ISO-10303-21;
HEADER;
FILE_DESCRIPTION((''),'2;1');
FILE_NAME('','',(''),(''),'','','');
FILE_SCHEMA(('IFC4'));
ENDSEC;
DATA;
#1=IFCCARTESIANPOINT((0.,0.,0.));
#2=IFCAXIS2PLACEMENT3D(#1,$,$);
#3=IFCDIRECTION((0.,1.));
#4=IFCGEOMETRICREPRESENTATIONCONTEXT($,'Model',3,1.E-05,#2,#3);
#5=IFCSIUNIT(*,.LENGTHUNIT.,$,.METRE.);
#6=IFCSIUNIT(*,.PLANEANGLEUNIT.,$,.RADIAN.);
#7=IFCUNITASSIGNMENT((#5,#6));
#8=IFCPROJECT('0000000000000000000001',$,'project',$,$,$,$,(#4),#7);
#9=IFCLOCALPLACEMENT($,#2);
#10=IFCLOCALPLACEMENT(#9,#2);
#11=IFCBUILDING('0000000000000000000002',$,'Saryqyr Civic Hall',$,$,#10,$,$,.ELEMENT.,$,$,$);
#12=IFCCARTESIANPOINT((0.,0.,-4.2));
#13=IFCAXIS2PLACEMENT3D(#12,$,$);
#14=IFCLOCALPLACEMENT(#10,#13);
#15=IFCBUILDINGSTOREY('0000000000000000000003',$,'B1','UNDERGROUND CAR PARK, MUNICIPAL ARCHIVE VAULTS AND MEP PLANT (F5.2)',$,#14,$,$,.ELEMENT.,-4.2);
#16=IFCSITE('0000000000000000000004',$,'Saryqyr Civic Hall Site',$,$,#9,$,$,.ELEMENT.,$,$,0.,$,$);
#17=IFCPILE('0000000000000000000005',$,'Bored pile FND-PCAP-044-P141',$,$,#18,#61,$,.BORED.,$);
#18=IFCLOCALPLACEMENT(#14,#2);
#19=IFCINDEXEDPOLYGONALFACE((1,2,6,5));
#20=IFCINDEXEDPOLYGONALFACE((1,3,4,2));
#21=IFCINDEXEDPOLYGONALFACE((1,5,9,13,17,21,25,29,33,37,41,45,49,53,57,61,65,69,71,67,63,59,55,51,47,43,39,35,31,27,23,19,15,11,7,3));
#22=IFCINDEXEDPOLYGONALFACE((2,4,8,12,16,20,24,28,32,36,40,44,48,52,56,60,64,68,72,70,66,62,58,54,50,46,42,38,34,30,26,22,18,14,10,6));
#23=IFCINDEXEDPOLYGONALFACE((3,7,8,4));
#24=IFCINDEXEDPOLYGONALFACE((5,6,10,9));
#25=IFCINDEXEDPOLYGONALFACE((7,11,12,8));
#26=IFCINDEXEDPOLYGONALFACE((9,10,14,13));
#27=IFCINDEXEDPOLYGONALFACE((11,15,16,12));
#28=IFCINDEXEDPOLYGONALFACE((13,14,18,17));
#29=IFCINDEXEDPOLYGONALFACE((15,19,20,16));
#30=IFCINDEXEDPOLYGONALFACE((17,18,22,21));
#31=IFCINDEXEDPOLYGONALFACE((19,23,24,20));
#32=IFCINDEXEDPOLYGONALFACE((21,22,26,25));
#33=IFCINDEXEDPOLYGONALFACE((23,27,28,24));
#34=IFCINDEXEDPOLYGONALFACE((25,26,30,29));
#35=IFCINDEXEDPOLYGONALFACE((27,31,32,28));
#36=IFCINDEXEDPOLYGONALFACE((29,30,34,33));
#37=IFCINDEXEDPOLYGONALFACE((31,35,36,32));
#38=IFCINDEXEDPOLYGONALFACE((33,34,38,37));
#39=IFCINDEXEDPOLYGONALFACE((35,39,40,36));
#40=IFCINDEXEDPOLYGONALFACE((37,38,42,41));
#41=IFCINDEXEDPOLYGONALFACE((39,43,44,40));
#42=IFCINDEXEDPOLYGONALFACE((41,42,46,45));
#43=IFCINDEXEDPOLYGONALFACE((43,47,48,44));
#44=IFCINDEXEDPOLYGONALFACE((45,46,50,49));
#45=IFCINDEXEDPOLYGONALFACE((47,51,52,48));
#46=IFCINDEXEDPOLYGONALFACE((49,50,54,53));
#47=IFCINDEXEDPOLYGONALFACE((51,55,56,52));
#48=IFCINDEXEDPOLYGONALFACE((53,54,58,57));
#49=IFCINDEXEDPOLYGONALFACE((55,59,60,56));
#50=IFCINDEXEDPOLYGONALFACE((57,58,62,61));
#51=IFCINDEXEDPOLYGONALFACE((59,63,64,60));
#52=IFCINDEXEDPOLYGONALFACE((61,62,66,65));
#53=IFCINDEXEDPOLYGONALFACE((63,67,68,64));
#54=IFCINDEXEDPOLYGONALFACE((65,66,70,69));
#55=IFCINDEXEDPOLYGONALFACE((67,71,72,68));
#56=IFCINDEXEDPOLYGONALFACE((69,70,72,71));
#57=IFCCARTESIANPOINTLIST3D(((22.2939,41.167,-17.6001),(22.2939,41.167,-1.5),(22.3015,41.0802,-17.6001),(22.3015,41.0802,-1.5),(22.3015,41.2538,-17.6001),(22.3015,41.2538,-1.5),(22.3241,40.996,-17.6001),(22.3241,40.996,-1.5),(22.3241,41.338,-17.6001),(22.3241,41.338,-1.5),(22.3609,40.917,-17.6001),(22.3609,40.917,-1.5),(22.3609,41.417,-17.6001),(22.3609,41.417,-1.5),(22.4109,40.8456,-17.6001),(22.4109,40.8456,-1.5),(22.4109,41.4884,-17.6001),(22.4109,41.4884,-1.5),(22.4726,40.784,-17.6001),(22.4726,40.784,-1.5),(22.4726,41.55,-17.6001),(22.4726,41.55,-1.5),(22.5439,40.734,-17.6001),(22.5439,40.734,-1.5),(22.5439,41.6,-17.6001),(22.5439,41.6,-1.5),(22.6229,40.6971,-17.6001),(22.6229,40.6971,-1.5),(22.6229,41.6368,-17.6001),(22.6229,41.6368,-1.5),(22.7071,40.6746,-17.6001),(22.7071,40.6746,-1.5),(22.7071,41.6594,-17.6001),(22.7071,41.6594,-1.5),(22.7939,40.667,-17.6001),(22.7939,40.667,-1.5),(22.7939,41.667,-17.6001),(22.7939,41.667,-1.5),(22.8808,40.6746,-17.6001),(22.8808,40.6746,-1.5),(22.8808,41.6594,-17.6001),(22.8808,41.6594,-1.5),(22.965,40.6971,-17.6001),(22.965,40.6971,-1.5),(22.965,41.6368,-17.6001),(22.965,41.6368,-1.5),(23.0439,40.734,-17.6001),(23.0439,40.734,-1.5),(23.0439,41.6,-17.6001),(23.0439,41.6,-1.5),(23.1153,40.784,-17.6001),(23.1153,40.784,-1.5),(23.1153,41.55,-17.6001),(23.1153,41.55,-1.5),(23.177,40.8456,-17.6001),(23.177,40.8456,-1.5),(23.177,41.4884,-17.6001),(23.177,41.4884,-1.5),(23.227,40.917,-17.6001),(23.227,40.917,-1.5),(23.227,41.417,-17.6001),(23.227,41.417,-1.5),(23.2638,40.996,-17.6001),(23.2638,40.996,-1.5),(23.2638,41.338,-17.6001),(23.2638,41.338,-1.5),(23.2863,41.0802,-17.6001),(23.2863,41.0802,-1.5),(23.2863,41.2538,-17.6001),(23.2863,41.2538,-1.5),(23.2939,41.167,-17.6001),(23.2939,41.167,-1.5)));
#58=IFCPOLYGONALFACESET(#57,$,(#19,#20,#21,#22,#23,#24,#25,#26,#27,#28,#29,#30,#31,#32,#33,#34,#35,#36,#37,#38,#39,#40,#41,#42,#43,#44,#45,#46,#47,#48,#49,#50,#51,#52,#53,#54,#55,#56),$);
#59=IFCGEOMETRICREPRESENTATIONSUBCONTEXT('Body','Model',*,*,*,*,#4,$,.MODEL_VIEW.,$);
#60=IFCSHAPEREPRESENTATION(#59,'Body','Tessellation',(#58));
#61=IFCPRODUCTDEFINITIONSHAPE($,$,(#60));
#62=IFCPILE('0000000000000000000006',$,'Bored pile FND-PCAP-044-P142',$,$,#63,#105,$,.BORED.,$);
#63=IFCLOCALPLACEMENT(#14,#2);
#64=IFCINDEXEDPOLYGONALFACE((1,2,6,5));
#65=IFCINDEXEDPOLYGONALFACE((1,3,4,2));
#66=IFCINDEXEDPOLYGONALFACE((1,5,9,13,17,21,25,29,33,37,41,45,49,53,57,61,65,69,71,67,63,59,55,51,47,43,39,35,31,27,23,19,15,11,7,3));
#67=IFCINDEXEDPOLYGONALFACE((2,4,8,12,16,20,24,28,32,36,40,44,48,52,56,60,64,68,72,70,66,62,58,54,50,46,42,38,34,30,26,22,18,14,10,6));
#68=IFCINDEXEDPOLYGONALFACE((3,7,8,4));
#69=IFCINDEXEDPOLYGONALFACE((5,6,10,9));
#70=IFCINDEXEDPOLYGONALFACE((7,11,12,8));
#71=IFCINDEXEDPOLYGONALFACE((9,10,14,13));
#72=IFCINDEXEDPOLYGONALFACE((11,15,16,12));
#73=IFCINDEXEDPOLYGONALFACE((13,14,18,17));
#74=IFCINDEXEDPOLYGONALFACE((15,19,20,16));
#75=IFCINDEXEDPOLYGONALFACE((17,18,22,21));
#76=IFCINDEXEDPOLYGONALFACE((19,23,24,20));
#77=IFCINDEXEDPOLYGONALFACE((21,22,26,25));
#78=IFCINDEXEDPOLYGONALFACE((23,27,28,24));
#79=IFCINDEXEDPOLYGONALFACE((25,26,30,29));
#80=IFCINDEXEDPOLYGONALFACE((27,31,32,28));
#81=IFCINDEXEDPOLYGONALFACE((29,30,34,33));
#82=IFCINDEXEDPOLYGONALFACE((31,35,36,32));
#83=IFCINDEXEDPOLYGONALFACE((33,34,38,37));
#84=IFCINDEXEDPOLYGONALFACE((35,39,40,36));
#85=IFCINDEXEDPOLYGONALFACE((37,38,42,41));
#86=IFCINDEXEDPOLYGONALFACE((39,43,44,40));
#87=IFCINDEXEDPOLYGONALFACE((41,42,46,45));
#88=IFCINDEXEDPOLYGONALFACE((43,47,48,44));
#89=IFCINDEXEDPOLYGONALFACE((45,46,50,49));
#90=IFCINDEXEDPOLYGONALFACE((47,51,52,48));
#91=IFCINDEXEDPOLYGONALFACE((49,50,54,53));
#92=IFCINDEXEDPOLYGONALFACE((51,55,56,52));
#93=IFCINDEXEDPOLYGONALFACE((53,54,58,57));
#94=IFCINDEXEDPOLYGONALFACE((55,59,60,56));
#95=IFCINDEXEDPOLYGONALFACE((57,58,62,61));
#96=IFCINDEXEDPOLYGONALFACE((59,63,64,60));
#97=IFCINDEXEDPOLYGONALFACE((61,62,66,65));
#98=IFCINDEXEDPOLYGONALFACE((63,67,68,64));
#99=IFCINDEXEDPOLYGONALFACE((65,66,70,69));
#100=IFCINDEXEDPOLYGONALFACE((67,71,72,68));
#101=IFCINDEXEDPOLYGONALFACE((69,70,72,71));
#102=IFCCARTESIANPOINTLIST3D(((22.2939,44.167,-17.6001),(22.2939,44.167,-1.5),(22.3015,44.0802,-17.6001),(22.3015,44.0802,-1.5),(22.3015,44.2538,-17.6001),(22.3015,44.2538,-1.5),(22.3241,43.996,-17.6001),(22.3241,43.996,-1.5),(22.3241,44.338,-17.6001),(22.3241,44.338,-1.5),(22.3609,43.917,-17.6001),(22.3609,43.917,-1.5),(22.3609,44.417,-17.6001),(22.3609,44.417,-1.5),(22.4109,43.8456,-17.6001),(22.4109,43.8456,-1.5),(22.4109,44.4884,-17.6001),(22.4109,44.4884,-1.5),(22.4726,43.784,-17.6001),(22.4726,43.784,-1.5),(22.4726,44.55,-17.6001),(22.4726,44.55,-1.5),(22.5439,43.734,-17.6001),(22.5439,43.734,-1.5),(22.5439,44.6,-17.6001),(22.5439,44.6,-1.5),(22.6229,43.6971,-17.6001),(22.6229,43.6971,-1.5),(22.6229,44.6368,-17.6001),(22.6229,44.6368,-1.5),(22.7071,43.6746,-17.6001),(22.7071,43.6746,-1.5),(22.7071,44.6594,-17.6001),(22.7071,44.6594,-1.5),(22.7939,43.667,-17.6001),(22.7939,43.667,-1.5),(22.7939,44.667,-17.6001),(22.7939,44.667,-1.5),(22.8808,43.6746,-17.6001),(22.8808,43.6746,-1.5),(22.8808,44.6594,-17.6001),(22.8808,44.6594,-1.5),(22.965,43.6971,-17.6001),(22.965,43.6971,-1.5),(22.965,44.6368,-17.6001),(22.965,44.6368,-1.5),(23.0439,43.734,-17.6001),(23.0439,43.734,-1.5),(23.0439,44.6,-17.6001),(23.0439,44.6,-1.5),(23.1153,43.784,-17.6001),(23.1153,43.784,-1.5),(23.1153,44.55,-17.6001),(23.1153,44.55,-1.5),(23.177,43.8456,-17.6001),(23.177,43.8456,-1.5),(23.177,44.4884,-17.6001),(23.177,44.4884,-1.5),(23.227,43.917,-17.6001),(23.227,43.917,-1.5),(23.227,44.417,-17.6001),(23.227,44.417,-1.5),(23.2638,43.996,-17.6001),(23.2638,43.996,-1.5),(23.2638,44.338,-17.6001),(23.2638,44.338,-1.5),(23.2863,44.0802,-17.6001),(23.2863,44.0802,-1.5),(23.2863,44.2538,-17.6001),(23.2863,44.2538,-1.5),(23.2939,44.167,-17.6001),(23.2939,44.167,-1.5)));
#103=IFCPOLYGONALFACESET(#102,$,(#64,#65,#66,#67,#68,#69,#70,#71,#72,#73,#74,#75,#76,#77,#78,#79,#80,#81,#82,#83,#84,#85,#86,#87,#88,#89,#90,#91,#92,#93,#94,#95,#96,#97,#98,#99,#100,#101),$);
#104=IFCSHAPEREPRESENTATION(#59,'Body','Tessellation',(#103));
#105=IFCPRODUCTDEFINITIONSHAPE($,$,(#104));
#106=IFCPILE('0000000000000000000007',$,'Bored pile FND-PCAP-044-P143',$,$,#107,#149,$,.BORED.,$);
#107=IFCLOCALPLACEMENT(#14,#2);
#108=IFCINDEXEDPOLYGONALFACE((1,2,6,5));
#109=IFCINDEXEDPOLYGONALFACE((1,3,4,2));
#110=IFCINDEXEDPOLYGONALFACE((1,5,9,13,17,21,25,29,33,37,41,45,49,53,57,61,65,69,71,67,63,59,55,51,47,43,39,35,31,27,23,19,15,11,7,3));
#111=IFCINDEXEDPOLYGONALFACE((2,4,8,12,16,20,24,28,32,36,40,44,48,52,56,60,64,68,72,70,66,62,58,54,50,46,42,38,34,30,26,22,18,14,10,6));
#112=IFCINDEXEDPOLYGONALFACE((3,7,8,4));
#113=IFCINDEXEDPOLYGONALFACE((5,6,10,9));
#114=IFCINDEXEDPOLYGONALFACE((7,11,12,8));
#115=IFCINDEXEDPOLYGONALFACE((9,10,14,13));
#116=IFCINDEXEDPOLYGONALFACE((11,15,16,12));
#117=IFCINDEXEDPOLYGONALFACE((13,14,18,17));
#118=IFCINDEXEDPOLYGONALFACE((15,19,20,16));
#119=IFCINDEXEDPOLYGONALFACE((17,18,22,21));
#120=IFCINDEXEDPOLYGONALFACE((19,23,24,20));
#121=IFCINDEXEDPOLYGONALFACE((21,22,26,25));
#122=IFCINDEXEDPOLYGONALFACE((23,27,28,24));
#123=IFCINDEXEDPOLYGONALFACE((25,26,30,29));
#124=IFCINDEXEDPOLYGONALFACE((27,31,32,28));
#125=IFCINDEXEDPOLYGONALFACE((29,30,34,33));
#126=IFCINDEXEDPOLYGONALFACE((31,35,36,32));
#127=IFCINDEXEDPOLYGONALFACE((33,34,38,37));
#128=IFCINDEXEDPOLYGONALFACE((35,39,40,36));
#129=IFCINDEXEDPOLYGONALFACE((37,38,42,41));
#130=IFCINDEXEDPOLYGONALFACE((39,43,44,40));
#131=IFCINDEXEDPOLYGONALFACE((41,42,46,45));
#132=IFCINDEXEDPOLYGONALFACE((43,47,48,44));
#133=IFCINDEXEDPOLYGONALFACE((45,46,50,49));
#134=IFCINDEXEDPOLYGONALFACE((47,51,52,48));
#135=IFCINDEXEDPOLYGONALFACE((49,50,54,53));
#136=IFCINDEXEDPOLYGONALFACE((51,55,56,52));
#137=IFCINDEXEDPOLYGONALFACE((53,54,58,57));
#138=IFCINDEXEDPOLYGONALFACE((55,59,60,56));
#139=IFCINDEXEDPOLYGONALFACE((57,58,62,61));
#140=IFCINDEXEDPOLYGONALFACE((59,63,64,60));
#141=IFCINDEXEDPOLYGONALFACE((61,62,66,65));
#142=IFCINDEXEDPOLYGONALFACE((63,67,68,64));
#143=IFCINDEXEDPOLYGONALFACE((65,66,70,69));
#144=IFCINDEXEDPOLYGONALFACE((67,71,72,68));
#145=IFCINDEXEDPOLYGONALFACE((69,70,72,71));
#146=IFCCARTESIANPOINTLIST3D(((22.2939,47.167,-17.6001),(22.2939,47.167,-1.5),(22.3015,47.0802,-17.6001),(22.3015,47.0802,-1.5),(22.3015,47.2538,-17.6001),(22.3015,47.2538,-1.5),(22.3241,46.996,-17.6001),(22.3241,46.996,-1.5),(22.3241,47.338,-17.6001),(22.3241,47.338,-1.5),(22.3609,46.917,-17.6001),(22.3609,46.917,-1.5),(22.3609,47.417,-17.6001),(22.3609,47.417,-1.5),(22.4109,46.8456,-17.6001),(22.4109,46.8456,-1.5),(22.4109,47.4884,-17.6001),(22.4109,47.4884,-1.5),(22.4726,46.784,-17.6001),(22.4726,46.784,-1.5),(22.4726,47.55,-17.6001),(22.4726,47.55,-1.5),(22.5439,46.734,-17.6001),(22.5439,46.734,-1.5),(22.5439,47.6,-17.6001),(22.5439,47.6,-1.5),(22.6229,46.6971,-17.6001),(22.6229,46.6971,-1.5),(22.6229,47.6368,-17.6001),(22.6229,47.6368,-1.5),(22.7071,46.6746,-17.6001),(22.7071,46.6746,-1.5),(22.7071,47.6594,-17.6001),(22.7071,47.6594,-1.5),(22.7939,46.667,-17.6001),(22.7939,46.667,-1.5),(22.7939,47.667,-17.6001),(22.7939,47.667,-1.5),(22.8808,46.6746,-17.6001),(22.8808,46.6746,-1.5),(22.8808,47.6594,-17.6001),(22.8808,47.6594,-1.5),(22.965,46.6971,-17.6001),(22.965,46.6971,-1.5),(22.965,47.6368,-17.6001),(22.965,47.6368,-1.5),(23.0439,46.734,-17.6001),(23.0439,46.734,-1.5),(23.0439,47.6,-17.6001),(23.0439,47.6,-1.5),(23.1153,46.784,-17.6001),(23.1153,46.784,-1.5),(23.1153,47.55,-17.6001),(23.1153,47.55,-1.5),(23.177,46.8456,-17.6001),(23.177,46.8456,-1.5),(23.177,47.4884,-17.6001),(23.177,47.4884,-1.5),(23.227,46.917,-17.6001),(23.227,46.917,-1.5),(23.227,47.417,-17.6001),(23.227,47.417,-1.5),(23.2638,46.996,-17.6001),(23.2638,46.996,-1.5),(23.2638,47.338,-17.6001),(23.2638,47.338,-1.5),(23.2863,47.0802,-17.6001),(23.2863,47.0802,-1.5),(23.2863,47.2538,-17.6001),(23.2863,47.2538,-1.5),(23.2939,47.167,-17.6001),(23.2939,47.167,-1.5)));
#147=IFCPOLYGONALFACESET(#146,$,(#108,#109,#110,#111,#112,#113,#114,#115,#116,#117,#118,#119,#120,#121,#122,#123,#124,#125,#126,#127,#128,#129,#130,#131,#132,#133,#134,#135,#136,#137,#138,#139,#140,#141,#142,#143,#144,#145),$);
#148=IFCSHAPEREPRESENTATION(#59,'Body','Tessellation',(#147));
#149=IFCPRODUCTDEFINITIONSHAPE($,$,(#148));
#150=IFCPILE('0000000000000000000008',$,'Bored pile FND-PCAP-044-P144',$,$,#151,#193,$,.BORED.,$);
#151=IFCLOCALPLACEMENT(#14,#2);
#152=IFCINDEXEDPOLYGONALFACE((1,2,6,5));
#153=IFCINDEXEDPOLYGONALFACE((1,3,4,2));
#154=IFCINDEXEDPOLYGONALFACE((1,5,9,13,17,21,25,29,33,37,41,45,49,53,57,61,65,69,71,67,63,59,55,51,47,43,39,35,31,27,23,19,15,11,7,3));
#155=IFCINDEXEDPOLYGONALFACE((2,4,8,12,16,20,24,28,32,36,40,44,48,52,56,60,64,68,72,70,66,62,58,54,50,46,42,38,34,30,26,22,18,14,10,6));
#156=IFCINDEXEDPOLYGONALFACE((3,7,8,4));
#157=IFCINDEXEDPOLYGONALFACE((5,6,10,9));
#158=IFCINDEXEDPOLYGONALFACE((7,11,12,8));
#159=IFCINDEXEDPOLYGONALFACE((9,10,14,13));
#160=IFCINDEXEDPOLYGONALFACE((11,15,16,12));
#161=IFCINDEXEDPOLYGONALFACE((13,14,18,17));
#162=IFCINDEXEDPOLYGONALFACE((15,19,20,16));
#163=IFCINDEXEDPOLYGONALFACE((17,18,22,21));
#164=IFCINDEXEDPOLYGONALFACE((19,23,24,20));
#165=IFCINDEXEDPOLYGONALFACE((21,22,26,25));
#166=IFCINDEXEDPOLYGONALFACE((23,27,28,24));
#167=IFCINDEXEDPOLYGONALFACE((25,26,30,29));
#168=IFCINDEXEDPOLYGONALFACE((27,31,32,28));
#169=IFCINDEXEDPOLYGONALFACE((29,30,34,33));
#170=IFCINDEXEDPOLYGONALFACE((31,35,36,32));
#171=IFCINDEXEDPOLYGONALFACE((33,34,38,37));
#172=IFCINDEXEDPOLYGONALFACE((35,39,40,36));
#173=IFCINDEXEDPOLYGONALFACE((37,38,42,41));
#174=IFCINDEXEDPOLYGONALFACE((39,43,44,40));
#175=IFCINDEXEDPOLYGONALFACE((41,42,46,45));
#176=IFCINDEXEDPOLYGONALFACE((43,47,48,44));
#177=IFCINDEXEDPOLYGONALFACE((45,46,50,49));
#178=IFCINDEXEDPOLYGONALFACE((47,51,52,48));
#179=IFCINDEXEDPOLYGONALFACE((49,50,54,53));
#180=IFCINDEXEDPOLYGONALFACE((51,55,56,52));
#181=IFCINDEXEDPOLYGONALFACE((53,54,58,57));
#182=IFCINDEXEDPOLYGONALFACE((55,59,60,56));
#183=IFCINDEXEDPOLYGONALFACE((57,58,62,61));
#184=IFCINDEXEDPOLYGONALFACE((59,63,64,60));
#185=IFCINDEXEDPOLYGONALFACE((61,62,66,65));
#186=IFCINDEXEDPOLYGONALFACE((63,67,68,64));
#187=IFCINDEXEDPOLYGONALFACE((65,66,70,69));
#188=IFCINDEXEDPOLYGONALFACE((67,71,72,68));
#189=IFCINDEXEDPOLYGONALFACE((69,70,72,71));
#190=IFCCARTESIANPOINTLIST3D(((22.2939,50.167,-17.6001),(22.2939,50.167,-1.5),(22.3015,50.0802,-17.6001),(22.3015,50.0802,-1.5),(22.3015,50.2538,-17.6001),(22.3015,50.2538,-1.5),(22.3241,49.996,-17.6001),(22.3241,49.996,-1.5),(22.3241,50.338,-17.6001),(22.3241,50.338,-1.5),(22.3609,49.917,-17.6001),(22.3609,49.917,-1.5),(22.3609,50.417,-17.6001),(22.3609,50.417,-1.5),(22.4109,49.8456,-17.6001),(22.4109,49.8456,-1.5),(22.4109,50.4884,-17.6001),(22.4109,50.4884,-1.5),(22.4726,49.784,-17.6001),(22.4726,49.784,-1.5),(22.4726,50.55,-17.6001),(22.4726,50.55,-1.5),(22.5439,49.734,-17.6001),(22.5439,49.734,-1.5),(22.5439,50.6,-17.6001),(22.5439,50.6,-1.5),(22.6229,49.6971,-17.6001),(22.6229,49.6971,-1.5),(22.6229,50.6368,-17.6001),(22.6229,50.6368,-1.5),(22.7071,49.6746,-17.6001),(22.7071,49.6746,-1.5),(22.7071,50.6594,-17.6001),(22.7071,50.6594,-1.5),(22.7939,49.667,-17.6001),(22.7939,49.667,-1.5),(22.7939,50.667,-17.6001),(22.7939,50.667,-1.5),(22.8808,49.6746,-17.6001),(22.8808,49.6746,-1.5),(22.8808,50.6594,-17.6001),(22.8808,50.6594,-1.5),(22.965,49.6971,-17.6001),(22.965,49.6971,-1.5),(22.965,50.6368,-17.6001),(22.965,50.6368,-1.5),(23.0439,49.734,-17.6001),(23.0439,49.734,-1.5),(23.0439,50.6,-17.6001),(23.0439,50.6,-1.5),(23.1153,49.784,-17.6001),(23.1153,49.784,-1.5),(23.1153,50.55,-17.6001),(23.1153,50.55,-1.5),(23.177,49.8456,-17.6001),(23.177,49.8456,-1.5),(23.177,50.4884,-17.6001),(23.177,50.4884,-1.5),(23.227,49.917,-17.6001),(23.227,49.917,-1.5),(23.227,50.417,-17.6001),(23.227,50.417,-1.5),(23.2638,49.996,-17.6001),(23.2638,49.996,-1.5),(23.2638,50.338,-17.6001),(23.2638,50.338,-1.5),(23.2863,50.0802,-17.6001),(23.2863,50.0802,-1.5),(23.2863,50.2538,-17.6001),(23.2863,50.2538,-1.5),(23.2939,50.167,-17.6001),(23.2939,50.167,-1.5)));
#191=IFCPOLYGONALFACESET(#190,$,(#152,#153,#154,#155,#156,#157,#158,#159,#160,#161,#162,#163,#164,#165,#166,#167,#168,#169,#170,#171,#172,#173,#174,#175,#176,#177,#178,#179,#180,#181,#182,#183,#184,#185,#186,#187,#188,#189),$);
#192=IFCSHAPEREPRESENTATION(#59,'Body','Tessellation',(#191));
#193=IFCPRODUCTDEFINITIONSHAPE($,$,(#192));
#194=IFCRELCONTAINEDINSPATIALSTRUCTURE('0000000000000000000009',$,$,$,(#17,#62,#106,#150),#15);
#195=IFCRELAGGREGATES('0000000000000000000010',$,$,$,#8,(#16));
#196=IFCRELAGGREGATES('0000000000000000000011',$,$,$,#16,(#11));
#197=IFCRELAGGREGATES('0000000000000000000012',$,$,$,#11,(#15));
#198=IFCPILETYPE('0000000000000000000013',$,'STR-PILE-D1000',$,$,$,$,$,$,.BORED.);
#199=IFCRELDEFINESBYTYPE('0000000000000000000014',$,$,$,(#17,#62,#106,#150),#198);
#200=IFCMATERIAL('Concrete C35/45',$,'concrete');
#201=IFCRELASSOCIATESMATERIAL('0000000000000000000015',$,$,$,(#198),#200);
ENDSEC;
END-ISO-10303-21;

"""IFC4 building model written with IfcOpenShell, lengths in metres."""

from ifc_helpers import new_model, si_unit, direction, frame, origin, origin_2d, place, context, subcontext, project, spatial, circle, extrude, material, material_profile, profile_set, type_object, element, save


model = new_model("IFC4")

# Units and contexts
model_context = context("Model", 3, precision=1e-05, world=origin(), true_north=direction((0.0, 1.0)))
body_context = subcontext(model_context, "Body", "Model", "MODEL_VIEW")
ifc_project = project(units=[si_unit("LENGTHUNIT", "METRE"), si_unit("PLANEANGLEUNIT", "RADIAN")], contexts=[model_context])

# Site, building, storey
site_placement = place(None, origin())
site = spatial("IfcSite", under=ifc_project, at=site_placement, Name="Saryqyr Civic Hall Site", CompositionType="ELEMENT", RefElevation=0.0)
building_placement = place(site_placement, origin())
building = spatial("IfcBuilding", under=site, at=building_placement, Name="Saryqyr Civic Hall", CompositionType="ELEMENT")
storey_placement = place(building_placement, frame((0.0, 0.0, -4.2)))
storey = spatial("IfcBuildingStorey", under=building, at=storey_placement, Name="B1", Description="UNDERGROUND CAR PARK, MUNICIPAL ARCHIVE VAULTS AND MEP PLANT (F5.2)", CompositionType="ELEMENT", Elevation=-4.2)

# Piles
ifc_material_1 = material(Name="Concrete C35/45", Category="concrete")
ifc_material_profile = material_profile(ifc_material_1, circle(Radius=0.5, at=origin_2d()), Name="BORED PILE D1000")
ifc_profile_set = profile_set([ifc_material_profile], Name="Concrete C35/45")
pile_type = type_object("IfcPileType", Name="STR-PILE-D1000", PredefinedType="BORED", material=ifc_profile_set)
for number, where, z_axis, x_axis, name in (
    (1, (22.7939, 41.167, -1.5), (0.0, 0.0, -1.0), (1.0, 0.0, 0.0), "Bored pile FND-PCAP-044-P141"),
    (2, (22.7939, 44.167, -1.5), (0.0, 0.0, -1.0), (1.0, 0.0, 0.0), "Bored pile FND-PCAP-044-P142"),
    (3, (22.7939, 47.167, -1.5), (0.0, 0.0, -1.0), (1.0, 0.0, 0.0), "Bored pile FND-PCAP-044-P143"),
    (4, (22.7939, 50.167, -1.5), (0.0, 0.0, -1.0), (1.0, 0.0, 0.0), "Bored pile FND-PCAP-044-P144"),
):
    element("IfcPile", number, at=place(storey_placement, frame(where, z_axis=z_axis, x_axis=x_axis)), inside=storey, type_object=pile_type, Name=name, PredefinedType="BORED", context=body_context, shape_type="SweptSolid", body=[
        extrude(circle(Radius=0.5, at=origin_2d()), origin(), (0.0, 0.0, 1.0), 16.1001),
    ])

save(model, "model.ifc")
